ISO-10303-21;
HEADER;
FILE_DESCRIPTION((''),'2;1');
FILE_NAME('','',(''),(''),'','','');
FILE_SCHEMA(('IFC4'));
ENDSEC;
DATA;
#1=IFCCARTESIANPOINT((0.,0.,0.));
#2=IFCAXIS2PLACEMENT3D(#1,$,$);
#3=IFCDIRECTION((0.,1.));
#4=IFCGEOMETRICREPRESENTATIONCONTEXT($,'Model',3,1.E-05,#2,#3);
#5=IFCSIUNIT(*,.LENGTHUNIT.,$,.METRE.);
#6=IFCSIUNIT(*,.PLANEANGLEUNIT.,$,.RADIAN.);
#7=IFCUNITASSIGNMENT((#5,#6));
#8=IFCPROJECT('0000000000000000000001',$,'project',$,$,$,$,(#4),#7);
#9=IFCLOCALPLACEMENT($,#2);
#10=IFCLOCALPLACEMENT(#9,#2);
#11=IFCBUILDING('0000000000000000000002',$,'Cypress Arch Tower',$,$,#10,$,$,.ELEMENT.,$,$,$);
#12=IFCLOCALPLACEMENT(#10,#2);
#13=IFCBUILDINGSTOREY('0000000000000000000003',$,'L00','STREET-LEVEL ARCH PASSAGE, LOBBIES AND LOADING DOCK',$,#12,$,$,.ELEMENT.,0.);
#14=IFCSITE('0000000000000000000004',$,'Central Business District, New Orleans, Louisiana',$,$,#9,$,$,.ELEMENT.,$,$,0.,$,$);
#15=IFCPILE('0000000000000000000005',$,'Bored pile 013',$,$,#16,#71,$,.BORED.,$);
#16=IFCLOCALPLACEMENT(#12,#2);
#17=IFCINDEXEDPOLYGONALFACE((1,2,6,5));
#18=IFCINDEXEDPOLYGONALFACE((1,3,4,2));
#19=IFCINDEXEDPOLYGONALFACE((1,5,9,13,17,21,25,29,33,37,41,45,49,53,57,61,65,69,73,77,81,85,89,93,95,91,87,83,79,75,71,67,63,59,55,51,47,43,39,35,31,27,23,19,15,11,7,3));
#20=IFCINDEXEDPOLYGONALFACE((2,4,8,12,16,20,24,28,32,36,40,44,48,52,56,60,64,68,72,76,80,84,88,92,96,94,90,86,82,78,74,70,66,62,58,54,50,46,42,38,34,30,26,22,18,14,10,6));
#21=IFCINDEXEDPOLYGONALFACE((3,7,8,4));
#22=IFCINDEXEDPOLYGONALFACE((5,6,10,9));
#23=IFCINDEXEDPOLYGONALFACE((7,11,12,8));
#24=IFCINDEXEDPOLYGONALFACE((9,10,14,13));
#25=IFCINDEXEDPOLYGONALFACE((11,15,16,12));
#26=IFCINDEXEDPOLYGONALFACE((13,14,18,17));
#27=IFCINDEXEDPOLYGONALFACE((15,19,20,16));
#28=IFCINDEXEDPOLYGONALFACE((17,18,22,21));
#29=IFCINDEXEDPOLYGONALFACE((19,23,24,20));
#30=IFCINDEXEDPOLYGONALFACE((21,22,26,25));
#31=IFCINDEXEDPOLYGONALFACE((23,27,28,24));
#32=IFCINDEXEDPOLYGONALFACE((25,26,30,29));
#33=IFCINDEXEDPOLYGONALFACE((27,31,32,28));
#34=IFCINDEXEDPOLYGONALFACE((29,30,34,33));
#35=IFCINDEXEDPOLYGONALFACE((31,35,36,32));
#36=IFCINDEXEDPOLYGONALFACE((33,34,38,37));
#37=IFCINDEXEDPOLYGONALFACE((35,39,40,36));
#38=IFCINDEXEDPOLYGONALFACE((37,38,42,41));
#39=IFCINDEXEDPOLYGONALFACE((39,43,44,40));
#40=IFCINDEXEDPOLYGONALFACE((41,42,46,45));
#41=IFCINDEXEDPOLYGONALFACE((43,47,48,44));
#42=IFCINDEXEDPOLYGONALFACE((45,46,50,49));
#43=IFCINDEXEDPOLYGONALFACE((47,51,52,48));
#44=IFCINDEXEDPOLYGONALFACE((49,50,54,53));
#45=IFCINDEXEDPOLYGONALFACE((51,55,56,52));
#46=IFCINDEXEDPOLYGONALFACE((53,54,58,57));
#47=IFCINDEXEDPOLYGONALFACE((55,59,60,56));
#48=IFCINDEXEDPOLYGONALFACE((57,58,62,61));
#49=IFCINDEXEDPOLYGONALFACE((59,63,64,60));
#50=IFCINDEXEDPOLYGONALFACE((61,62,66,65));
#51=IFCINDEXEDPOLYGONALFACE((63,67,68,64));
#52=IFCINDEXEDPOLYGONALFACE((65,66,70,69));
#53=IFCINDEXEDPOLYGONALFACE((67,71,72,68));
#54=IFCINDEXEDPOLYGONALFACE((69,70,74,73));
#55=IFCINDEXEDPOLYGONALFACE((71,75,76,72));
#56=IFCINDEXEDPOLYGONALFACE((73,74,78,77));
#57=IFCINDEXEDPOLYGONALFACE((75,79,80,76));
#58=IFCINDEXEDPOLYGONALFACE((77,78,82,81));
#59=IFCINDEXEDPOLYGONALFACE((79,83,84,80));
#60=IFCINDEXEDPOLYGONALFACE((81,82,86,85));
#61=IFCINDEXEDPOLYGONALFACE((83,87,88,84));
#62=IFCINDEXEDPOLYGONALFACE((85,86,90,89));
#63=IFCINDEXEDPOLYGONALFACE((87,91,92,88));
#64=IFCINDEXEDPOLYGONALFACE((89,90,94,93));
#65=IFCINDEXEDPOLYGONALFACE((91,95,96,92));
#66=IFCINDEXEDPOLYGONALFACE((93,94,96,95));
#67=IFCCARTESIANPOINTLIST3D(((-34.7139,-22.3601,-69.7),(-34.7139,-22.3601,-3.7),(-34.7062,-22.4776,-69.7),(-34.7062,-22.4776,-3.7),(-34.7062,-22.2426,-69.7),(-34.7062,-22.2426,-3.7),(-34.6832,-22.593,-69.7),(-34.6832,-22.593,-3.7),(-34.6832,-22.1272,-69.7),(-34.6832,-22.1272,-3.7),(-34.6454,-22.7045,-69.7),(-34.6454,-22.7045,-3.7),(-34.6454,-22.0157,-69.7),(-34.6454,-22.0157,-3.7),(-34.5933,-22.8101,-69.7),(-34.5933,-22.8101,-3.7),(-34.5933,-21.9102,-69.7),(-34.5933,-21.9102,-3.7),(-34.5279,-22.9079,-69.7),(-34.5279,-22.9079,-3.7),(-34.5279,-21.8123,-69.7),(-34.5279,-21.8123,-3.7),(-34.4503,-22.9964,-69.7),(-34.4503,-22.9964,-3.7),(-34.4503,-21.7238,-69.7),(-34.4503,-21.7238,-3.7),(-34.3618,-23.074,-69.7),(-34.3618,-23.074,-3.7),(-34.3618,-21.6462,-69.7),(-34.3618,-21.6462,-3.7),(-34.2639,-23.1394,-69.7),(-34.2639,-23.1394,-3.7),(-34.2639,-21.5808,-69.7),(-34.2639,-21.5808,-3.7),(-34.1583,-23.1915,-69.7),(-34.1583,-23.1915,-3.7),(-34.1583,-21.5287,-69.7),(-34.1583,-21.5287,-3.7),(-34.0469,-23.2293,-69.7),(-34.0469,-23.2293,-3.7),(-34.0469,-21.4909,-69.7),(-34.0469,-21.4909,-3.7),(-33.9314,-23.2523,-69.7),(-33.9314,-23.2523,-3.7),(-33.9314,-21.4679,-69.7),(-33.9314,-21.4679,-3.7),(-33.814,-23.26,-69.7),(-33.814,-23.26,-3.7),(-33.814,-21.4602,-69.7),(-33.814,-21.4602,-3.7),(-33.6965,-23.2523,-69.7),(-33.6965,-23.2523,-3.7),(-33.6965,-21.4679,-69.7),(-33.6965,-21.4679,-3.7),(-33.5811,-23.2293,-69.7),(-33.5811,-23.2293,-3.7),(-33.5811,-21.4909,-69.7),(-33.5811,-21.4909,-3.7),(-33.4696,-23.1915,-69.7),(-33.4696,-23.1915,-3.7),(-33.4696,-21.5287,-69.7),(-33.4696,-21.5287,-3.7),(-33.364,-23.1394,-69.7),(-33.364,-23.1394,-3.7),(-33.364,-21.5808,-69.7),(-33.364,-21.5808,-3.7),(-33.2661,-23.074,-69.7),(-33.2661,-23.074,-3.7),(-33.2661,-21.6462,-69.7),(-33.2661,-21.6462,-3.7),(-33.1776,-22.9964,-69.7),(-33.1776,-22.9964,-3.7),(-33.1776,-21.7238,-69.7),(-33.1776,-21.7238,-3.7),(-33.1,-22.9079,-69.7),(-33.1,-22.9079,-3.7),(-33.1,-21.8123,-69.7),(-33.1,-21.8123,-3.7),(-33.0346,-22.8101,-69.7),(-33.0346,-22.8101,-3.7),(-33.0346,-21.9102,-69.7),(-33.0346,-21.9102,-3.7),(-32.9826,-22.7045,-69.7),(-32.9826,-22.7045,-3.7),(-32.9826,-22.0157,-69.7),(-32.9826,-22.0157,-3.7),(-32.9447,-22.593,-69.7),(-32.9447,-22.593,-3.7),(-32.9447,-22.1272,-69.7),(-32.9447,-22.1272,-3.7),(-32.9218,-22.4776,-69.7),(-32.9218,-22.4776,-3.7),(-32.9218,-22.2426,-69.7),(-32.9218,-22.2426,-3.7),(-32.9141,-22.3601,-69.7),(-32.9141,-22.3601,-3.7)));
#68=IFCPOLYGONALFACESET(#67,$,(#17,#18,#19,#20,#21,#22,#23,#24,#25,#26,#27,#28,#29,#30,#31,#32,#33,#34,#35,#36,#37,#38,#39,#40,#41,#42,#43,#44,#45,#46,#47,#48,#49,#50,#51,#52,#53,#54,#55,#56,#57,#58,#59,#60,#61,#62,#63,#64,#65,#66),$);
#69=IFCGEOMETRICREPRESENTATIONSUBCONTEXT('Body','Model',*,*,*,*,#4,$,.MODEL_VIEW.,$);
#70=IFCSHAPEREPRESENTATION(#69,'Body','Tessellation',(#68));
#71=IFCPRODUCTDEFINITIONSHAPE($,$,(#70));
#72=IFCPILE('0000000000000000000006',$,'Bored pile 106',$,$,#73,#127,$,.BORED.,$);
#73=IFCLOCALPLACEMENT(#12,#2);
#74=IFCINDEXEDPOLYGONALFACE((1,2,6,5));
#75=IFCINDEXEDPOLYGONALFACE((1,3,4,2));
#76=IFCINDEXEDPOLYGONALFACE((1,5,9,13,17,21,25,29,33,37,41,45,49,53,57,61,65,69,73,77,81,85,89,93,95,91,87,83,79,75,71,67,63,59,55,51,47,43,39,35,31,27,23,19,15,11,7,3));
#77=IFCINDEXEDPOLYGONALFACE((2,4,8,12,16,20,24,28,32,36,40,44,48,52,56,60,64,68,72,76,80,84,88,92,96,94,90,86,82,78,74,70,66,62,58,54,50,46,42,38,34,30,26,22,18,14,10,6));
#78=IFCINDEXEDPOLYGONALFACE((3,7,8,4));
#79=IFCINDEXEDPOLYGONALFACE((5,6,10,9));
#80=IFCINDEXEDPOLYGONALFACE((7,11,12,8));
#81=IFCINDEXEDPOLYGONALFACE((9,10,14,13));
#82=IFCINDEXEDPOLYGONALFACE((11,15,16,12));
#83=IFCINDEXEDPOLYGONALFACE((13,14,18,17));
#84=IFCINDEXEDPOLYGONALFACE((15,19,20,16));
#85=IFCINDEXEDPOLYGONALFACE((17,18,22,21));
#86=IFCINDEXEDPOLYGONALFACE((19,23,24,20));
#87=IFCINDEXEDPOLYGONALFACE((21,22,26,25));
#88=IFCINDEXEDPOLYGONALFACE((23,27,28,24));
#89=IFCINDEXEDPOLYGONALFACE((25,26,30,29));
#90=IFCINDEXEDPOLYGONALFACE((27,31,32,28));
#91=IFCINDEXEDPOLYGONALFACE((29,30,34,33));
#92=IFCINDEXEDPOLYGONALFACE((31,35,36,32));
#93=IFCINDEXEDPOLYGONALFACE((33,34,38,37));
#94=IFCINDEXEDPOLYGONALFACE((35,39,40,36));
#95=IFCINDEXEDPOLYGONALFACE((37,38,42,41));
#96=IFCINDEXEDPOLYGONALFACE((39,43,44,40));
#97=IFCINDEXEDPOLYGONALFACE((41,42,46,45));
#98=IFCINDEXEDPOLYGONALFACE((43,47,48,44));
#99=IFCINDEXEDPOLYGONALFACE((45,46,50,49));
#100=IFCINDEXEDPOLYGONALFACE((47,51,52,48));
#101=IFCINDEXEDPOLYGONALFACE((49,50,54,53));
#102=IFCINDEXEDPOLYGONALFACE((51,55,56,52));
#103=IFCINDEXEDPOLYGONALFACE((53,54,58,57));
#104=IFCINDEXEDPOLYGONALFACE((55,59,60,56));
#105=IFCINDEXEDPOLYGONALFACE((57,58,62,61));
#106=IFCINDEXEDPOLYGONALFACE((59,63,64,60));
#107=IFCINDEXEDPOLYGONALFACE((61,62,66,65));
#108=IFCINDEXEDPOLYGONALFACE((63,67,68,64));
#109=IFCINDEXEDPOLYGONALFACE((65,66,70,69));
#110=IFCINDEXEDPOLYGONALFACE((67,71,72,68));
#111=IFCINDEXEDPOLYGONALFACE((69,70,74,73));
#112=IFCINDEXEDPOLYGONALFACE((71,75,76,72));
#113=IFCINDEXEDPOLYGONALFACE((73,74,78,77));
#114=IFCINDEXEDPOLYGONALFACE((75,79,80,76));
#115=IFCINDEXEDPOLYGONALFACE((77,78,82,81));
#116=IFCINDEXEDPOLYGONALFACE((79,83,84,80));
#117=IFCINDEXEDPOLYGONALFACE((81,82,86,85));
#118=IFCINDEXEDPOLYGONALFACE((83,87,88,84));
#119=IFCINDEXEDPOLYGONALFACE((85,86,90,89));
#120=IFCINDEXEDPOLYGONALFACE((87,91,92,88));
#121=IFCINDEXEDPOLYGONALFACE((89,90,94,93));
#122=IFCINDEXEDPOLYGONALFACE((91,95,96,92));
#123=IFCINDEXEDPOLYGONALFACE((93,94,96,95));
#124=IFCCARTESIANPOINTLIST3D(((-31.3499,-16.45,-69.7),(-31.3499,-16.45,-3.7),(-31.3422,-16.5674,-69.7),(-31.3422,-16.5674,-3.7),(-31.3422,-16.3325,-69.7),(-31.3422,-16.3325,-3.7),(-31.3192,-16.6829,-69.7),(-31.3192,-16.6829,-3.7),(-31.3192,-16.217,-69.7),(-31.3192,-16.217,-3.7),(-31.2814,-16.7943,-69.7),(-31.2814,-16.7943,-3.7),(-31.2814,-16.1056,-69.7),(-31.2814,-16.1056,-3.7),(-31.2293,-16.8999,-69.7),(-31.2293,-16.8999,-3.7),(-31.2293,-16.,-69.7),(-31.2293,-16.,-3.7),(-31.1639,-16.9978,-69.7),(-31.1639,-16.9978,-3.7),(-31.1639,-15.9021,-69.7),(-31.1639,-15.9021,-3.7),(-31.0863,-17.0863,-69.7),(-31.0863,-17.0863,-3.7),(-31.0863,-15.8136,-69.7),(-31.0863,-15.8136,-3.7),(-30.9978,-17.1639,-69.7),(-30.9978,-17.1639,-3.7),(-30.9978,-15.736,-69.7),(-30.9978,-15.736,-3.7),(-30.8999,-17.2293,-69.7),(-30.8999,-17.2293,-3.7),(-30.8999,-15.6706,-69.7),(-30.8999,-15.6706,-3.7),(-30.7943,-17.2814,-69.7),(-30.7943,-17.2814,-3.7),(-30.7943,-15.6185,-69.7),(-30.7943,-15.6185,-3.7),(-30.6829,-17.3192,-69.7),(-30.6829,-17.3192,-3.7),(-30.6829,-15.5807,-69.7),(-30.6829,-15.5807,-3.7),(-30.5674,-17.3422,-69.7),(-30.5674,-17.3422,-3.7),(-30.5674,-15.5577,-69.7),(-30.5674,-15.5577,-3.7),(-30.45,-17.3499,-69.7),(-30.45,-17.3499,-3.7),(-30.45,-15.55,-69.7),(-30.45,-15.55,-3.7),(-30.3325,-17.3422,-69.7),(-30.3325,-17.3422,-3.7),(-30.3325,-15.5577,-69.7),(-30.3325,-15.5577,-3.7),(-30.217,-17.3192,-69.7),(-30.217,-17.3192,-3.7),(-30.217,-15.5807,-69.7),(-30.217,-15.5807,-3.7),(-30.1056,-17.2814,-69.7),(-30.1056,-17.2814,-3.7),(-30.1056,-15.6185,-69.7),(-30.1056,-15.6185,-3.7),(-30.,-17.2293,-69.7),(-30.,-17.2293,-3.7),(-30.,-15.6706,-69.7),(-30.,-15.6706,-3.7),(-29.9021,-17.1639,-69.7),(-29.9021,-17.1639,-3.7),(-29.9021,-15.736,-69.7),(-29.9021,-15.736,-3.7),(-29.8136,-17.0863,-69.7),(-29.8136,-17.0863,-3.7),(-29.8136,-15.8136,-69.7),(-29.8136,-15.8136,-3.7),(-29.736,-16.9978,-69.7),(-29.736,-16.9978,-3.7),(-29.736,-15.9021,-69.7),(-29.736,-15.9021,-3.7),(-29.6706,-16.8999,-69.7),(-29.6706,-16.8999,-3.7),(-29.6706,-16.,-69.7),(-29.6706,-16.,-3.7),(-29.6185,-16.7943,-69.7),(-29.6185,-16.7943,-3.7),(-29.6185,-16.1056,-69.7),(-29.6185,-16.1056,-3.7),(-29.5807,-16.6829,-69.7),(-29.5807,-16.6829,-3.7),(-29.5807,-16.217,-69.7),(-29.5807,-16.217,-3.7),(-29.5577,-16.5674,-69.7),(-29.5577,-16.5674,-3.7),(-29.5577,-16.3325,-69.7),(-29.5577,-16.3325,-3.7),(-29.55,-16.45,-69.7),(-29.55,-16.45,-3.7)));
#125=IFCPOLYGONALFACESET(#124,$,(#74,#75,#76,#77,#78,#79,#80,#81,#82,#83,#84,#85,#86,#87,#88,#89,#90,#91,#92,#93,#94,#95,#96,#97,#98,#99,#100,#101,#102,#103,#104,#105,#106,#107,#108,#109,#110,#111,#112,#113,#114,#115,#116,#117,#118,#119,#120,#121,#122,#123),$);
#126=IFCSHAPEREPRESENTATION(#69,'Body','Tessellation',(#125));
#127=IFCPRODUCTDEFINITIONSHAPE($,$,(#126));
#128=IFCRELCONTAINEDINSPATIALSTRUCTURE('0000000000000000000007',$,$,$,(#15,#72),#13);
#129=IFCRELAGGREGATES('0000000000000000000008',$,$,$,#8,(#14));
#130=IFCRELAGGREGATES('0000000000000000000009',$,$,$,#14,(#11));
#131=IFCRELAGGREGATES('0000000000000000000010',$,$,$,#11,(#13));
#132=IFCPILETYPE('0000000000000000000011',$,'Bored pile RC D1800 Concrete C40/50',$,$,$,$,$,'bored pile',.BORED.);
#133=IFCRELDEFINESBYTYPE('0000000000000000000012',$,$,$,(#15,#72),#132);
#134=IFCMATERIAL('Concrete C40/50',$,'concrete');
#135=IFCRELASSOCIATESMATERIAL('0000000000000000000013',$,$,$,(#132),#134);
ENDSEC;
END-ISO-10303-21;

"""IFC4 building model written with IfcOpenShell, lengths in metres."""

from ifc_helpers import new_model, si_unit, direction, frame, origin, origin_2d, place, context, subcontext, project, spatial, circle, extrude, material, material_profile, profile_set, type_object, element, save


model = new_model("IFC4")

# Units and contexts
model_context = context("Model", 3, precision=1e-05, world=origin(), true_north=direction((0.0, 1.0)))
body_context = subcontext(model_context, "Body", "Model", "MODEL_VIEW")
ifc_project = project(units=[si_unit("LENGTHUNIT", "METRE"), si_unit("PLANEANGLEUNIT", "RADIAN")], contexts=[model_context])

# Site, building, storey
site_placement = place(None, origin())
site = spatial("IfcSite", under=ifc_project, at=site_placement, Name="Central Business District, New Orleans, Louisiana", CompositionType="ELEMENT", RefElevation=0.0)
building_placement = place(site_placement, origin())
building = spatial("IfcBuilding", under=site, at=building_placement, Name="Cypress Arch Tower", CompositionType="ELEMENT")
storey_placement = place(building_placement, origin())
storey = spatial("IfcBuildingStorey", under=building, at=storey_placement, Name="L00", Description="STREET-LEVEL ARCH PASSAGE, LOBBIES AND LOADING DOCK", CompositionType="ELEMENT", Elevation=0.0)

# Piles
ifc_material_1 = material(Name="Concrete C40/50", Category="concrete")
ifc_material_profile = material_profile(ifc_material_1, circle(Radius=0.8999, at=origin_2d()), Name="RC D1800")
ifc_profile_set = profile_set([ifc_material_profile], Name="Concrete C40/50")
pile_type = type_object("IfcPileType", Name="Bored pile RC D1800 Concrete C40/50", ElementType="bored pile", PredefinedType="BORED", material=ifc_profile_set)
for number, where, z_axis, x_axis, name in (
    (1, (-33.814, -22.3601, -3.7), (0.0, 0.0, -1.0), (1.0, 0.0, 0.0), "Bored pile 013"),
    (2, (-30.45, -16.45, -3.7), (0.0, 0.0, -1.0), (1.0, 0.0, 0.0), "Bored pile 106"),
):
    element("IfcPile", number, at=place(storey_placement, frame(where, z_axis=z_axis, x_axis=x_axis)), inside=storey, type_object=pile_type, Name=name, PredefinedType="BORED", context=body_context, shape_type="SweptSolid", body=[
        extrude(circle(Radius=0.8999, at=origin_2d()), origin(), (0.0, 0.0, 1.0), 66.0),
    ])

save(model, "model.ifc")
